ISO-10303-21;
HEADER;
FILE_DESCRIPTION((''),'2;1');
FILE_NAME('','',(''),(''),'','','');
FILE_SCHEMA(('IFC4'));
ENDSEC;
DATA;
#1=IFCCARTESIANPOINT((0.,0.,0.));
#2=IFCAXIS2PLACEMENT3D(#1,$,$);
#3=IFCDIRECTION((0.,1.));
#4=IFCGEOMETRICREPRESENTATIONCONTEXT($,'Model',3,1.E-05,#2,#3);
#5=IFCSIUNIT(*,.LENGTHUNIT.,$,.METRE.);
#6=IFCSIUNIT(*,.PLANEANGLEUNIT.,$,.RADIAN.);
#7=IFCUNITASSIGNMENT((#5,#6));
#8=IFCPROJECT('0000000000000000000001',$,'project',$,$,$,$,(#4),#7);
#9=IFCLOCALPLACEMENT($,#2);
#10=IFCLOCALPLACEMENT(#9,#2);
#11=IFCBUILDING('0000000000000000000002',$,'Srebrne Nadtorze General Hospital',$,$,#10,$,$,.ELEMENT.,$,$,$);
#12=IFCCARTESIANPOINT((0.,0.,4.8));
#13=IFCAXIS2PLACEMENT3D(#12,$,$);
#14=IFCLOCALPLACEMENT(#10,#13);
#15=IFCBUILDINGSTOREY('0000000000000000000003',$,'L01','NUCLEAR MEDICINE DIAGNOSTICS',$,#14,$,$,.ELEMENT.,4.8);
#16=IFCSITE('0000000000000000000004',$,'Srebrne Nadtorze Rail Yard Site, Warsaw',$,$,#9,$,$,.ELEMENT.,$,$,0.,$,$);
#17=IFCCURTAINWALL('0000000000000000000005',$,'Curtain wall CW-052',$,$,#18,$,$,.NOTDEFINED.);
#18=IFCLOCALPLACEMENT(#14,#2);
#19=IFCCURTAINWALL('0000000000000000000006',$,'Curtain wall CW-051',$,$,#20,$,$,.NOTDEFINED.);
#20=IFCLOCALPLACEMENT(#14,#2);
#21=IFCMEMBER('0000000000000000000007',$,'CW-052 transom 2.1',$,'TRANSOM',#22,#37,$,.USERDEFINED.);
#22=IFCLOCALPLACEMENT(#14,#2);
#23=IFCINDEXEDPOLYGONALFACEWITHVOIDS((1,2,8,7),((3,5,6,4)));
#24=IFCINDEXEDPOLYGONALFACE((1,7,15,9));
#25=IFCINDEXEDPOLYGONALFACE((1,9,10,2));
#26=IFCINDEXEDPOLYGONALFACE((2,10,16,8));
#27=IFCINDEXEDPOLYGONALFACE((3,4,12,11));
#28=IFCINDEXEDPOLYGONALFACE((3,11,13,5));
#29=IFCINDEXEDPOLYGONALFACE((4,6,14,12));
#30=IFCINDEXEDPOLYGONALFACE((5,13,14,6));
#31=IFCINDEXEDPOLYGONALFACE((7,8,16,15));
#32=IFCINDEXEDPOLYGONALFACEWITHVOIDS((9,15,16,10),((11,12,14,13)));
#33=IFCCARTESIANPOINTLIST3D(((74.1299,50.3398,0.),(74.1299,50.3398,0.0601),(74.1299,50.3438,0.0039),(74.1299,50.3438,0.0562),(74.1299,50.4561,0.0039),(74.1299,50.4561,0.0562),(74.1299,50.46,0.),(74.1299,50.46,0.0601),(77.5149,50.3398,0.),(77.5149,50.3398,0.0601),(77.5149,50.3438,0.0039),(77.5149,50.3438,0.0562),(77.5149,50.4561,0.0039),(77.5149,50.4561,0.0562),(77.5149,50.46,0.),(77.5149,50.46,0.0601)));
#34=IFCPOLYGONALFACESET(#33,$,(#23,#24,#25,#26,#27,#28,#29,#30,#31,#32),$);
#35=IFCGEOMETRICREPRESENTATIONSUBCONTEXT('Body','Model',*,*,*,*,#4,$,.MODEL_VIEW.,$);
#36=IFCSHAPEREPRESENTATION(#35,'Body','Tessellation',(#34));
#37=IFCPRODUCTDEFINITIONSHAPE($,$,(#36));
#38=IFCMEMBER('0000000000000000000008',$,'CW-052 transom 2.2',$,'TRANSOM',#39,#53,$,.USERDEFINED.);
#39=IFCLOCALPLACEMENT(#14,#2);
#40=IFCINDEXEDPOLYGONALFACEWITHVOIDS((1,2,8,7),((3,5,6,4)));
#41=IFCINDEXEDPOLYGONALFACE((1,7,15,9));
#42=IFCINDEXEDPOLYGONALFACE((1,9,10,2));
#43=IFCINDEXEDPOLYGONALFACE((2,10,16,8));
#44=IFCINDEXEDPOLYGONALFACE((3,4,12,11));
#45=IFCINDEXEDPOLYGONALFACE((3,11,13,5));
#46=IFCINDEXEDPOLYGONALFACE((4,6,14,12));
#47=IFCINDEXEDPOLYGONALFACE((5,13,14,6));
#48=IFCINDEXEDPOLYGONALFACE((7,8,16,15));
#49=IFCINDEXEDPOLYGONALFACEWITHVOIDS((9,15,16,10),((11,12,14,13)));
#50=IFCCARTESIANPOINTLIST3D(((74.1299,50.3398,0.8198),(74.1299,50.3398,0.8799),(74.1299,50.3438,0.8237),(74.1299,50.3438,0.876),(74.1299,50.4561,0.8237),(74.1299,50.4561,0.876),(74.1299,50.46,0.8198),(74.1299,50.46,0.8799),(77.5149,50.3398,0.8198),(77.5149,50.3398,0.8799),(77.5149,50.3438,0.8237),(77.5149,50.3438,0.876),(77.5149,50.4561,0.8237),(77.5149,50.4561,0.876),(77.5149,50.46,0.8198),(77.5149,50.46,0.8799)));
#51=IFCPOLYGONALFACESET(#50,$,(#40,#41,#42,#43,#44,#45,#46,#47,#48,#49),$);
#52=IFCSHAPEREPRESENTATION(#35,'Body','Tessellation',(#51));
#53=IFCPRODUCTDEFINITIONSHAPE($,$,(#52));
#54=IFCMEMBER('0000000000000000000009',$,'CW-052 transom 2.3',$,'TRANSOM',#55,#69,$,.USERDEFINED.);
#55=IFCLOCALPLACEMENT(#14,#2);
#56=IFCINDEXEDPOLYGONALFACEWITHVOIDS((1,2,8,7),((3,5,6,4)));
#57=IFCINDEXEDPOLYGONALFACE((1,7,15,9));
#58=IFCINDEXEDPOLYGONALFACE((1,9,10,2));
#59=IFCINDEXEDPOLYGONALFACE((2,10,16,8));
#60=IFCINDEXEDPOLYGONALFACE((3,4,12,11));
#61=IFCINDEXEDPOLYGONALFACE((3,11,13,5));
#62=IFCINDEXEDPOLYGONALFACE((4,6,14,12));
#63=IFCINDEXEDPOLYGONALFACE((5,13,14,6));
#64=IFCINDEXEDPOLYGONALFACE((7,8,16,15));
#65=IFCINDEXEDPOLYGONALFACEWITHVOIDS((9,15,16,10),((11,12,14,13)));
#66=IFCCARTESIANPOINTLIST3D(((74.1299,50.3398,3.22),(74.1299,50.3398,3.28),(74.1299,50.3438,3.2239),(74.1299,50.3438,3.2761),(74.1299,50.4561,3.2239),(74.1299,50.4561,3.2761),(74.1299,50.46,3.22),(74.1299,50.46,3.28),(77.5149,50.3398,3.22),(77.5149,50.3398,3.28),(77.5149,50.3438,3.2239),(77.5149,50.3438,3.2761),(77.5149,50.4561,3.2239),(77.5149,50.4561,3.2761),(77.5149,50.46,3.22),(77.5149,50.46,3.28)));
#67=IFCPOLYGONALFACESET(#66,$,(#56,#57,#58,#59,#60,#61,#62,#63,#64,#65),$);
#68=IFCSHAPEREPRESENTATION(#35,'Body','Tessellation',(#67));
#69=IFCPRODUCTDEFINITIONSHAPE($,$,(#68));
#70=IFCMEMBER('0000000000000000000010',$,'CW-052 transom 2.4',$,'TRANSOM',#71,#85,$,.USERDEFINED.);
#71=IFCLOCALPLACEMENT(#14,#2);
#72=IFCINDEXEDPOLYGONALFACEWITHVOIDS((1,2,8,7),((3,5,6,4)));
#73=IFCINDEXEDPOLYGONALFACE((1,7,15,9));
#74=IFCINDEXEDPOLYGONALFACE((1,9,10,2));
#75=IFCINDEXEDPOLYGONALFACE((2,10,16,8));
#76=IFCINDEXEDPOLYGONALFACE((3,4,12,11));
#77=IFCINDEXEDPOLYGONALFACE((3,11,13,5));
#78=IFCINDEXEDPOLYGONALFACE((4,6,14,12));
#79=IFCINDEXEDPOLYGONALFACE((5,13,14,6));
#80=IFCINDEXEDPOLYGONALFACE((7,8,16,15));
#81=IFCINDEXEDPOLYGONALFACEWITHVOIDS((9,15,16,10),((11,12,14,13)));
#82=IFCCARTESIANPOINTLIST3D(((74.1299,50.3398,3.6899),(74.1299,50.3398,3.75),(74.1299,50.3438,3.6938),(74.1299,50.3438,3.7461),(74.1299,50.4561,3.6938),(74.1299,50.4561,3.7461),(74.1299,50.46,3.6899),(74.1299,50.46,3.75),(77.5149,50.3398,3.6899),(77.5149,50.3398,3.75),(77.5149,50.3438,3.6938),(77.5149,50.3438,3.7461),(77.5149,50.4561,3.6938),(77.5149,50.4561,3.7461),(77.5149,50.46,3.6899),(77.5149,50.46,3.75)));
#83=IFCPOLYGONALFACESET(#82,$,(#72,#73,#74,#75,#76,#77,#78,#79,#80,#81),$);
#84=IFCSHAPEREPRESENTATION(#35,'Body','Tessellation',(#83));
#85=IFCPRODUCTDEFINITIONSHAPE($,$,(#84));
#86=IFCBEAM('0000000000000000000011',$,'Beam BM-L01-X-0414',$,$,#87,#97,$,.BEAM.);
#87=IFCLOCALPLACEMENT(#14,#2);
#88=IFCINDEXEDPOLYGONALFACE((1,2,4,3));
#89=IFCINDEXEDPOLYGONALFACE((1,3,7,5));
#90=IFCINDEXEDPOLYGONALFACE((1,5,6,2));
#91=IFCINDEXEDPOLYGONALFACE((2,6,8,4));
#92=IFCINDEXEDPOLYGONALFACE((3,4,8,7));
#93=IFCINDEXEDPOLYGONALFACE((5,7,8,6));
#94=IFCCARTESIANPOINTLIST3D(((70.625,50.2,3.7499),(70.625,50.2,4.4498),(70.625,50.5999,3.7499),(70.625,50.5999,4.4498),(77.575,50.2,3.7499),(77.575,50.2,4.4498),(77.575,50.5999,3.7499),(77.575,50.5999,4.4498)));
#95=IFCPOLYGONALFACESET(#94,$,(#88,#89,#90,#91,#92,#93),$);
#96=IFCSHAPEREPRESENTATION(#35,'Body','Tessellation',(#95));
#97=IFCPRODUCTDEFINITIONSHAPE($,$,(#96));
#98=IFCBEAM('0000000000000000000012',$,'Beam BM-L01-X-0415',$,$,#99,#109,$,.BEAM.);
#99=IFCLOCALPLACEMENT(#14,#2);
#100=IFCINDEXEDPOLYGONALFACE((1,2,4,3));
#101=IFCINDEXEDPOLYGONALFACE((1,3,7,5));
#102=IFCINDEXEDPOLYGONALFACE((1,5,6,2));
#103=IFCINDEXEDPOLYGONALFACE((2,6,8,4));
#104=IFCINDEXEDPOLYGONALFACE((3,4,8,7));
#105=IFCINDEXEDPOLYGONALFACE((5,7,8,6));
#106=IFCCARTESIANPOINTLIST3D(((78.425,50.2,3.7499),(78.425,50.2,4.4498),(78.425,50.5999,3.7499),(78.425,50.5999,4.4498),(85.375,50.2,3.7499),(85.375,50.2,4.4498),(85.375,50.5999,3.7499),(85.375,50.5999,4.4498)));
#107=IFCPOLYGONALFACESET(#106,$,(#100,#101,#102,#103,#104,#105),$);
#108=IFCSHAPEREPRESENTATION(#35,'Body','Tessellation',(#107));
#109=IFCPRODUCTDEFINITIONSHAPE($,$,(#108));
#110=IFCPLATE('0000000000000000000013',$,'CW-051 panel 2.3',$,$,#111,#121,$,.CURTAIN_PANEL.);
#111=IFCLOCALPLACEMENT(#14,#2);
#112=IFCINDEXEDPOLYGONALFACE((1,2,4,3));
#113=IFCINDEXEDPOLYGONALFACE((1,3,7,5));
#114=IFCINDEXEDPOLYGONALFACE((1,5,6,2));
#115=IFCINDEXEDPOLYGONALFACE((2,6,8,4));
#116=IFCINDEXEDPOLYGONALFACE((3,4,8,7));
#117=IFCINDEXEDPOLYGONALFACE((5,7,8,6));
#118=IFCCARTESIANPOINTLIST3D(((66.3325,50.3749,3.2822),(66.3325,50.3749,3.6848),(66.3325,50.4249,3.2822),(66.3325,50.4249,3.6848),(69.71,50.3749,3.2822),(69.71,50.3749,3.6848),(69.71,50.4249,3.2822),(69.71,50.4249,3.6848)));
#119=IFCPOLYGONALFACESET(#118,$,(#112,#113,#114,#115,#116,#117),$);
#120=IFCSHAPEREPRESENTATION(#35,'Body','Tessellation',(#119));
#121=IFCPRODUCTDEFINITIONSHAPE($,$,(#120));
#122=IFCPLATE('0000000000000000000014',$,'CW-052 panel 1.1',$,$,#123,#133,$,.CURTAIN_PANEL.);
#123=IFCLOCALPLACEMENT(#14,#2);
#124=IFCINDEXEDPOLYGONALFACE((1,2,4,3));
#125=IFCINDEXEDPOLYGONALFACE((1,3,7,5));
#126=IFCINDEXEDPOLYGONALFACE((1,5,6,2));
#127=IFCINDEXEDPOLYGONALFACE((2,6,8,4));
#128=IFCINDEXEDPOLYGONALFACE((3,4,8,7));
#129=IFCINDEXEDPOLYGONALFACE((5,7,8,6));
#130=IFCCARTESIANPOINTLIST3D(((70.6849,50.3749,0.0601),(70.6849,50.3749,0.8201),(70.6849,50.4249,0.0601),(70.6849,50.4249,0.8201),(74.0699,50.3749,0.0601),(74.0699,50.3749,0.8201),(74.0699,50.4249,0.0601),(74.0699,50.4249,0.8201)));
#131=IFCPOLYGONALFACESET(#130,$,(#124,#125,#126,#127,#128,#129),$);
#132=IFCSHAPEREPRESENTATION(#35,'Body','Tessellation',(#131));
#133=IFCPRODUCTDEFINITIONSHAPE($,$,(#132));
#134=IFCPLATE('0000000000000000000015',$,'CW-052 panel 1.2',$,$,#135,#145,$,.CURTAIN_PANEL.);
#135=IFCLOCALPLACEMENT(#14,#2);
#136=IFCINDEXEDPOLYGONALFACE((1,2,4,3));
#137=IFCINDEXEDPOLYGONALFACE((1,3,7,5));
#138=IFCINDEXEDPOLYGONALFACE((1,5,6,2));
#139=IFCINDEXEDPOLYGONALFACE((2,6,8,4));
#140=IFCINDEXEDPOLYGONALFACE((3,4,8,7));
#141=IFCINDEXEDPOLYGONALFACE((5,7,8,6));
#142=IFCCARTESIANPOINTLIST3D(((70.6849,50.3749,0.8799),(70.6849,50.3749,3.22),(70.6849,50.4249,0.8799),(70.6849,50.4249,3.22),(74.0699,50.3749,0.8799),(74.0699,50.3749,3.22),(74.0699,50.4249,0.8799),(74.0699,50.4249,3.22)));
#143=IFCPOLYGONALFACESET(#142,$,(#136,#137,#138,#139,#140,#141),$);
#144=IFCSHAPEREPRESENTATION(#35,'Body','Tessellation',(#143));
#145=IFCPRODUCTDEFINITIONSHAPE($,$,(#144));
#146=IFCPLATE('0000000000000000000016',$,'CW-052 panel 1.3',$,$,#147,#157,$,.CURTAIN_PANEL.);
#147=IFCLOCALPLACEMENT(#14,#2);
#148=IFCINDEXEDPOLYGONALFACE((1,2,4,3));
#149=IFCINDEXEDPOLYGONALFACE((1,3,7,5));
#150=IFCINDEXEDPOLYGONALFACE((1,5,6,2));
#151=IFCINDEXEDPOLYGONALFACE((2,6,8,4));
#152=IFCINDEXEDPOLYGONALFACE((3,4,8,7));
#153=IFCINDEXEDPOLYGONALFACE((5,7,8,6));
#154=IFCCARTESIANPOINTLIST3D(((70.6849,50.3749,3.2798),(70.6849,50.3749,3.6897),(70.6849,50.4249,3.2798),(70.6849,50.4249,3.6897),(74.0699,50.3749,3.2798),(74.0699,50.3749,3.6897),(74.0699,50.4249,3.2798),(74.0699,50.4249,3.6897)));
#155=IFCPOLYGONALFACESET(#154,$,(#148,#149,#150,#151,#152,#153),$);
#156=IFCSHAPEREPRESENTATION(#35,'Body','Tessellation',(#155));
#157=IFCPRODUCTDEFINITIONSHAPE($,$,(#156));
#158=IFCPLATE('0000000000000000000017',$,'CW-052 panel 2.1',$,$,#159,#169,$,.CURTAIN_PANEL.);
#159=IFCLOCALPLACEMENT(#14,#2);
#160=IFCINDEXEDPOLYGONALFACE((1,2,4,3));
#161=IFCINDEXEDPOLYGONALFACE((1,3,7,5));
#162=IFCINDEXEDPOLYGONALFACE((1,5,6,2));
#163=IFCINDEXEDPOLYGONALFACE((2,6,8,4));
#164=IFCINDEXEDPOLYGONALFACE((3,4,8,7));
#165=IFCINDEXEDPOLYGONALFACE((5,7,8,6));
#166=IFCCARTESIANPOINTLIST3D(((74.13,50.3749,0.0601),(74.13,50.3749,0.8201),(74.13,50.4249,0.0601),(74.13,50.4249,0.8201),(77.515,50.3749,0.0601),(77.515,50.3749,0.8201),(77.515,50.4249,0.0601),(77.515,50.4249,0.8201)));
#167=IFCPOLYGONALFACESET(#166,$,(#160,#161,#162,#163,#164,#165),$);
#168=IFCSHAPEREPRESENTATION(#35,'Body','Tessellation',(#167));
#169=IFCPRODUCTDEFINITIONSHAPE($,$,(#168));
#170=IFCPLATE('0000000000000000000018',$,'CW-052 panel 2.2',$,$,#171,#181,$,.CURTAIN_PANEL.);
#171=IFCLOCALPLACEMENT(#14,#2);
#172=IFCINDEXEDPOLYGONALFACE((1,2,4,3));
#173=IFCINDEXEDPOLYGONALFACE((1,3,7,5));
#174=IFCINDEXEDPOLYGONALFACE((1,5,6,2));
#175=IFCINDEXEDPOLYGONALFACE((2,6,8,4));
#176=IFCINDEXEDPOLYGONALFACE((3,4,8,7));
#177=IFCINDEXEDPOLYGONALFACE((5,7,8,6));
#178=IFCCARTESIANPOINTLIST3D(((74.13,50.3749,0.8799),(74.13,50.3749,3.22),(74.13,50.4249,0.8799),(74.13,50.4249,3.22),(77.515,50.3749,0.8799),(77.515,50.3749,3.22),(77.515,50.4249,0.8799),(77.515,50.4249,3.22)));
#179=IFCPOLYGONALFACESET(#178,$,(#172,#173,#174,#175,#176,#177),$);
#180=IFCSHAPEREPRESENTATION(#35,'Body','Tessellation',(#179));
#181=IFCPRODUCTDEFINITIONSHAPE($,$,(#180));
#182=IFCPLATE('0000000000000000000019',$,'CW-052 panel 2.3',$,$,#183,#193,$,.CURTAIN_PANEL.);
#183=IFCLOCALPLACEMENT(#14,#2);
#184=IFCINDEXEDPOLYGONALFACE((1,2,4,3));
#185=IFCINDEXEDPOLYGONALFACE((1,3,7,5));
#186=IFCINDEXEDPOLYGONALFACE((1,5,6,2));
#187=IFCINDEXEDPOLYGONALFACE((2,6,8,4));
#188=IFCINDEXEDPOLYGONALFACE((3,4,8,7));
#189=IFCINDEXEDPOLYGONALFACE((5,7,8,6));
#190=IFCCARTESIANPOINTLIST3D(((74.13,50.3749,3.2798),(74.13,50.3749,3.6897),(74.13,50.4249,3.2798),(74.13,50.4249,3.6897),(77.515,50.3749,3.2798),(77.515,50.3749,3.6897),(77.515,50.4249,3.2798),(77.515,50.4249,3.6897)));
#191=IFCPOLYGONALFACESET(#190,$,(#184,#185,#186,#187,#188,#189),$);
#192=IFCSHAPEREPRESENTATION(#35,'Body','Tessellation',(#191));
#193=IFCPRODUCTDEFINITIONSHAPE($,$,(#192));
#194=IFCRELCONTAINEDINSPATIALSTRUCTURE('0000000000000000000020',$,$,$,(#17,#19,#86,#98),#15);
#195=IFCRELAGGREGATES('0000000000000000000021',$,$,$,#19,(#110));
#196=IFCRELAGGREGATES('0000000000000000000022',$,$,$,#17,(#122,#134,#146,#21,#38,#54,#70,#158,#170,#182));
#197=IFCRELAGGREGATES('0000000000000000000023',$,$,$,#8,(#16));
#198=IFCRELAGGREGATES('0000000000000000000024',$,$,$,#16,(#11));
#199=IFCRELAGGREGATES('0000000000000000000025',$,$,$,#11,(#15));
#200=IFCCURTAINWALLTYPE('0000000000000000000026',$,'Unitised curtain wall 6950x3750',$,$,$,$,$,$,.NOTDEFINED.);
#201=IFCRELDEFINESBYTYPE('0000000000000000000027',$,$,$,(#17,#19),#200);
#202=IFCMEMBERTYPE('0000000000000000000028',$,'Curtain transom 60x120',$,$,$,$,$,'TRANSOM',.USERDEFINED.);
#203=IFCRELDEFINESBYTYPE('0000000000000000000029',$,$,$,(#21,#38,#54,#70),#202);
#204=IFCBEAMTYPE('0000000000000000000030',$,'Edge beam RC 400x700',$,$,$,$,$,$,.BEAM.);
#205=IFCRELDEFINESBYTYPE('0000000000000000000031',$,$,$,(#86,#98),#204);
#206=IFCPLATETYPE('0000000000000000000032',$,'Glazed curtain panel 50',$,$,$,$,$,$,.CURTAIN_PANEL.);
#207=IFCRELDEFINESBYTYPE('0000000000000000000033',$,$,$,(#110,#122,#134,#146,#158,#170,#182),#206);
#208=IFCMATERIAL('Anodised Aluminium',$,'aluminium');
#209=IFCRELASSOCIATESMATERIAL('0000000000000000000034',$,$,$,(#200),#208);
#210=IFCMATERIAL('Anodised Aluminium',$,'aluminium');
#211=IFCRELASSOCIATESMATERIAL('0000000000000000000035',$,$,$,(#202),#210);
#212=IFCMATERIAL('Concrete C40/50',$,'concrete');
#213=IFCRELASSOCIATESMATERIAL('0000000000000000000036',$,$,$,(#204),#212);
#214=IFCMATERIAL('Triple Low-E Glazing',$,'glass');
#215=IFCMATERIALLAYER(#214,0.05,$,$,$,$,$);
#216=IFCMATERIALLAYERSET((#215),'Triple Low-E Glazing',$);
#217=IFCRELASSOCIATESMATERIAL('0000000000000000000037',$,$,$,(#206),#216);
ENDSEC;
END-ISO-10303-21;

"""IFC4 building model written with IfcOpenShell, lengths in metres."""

from ifc_helpers import new_model, si_unit, direction, frame, origin, origin_2d, place, context, subcontext, project, spatial, rectangle, hollow_rectangle, extrude, material, layer, layer_set, material_profile, profile_set, type_object, element, aggregate, save


model = new_model("IFC4")

# Units and contexts
model_context = context("Model", 3, precision=1e-05, world=origin(), true_north=direction((0.0, 1.0)))
body_context = subcontext(model_context, "Body", "Model", "MODEL_VIEW")
ifc_project = project(units=[si_unit("LENGTHUNIT", "METRE"), si_unit("PLANEANGLEUNIT", "RADIAN")], contexts=[model_context])

# Site, building, storey
site_placement = place(None, origin())
site = spatial("IfcSite", under=ifc_project, at=site_placement, Name="Srebrne Nadtorze Rail Yard Site, Warsaw", CompositionType="ELEMENT", RefElevation=0.0)
building_placement = place(site_placement, origin())
building = spatial("IfcBuilding", under=site, at=building_placement, Name="Srebrne Nadtorze General Hospital", CompositionType="ELEMENT")
storey_placement = place(building_placement, frame((0.0, 0.0, 4.8)))
storey = spatial("IfcBuildingStorey", under=building, at=storey_placement, Name="L01", Description="NUCLEAR MEDICINE DIAGNOSTICS", CompositionType="ELEMENT", Elevation=4.8)

# Curtain wall
ifc_material_1 = material(Name="Anodised Aluminium", Category="aluminium")
curtain_wall_type = type_object("IfcCurtainWallType", Name="Unitised curtain wall 6950x3750", PredefinedType="NOTDEFINED", material=ifc_material_1)
curtain_wall_1_placement = place(storey_placement, origin())
curtain_wall_1 = element("IfcCurtainWall", 1, at=curtain_wall_1_placement, inside=storey, type_object=curtain_wall_type, Name="Curtain wall CW-052", PredefinedType="NOTDEFINED")

# Curtain wall
curtain_wall_2_placement = place(storey_placement, origin())
curtain_wall_2 = element("IfcCurtainWall", 2, at=curtain_wall_2_placement, inside=storey, type_object=curtain_wall_type, Name="Curtain wall CW-051", PredefinedType="NOTDEFINED")

# Members
ifc_material_2 = material(Name="Anodised Aluminium", Category="aluminium")
ifc_material_profile_1 = material_profile(ifc_material_2, hollow_rectangle(XDim=0.0601, YDim=0.1201, WallThickness=0.0039, at=origin_2d()), Name="AL-TRN-60x120")
ifc_profile_set_1 = profile_set([ifc_material_profile_1], Name="Anodised Aluminium")
member_type_1 = type_object("IfcMemberType", Name="Curtain transom 60x120", ElementType="TRANSOM", PredefinedType="USERDEFINED", material=ifc_profile_set_1)
member_1_placement = place(storey_placement, frame((74.1299, 50.3999, 0.03), z_axis=(1.0, 0.0, 0.0), x_axis=(0.0, 0.0, 1.0)))
member_1 = element("IfcMember", 3, at=member_1_placement, type_object=member_type_1, Name="CW-052 transom 2.1", ObjectType="TRANSOM", PredefinedType="USERDEFINED", context=body_context, shape_type="SweptSolid", body=[
    extrude(hollow_rectangle(XDim=0.0601, YDim=0.1201, WallThickness=0.0039, at=origin_2d()), origin(), (0.0, 0.0, 1.0), 3.385),
])
member_2_placement = place(storey_placement, frame((74.1299, 50.3999, 0.8499), z_axis=(1.0, 0.0, 0.0), x_axis=(0.0, 0.0, 1.0)))
member_2 = element("IfcMember", 4, at=member_2_placement, type_object=member_type_1, Name="CW-052 transom 2.2", ObjectType="TRANSOM", PredefinedType="USERDEFINED", context=body_context, shape_type="SweptSolid", body=[
    extrude(hollow_rectangle(XDim=0.0601, YDim=0.1201, WallThickness=0.0039, at=origin_2d()), origin(), (0.0, 0.0, 1.0), 3.385),
])
member_3_placement = place(storey_placement, frame((74.1299, 50.3999, 3.25), z_axis=(1.0, 0.0, 0.0), x_axis=(0.0, 0.0, 1.0)))
member_3 = element("IfcMember", 5, at=member_3_placement, type_object=member_type_1, Name="CW-052 transom 2.3", ObjectType="TRANSOM", PredefinedType="USERDEFINED", context=body_context, shape_type="SweptSolid", body=[
    extrude(hollow_rectangle(XDim=0.0601, YDim=0.1201, WallThickness=0.0039, at=origin_2d()), origin(), (0.0, 0.0, 1.0), 3.385),
])
member_4_placement = place(storey_placement, frame((74.1299, 50.3999, 3.72), z_axis=(1.0, 0.0, 0.0), x_axis=(0.0, 0.0, 1.0)))
member_4 = element("IfcMember", 6, at=member_4_placement, type_object=member_type_1, Name="CW-052 transom 2.4", ObjectType="TRANSOM", PredefinedType="USERDEFINED", context=body_context, shape_type="SweptSolid", body=[
    extrude(hollow_rectangle(XDim=0.0601, YDim=0.1201, WallThickness=0.0039, at=origin_2d()), origin(), (0.0, 0.0, 1.0), 3.385),
])

# Beams
ifc_material_3 = material(Name="Concrete C40/50", Category="concrete")
ifc_material_profile_2 = material_profile(ifc_material_3, rectangle(XDim=0.3999, YDim=0.7, at=origin_2d()), Name="RC-BM-400x700")
ifc_profile_set_2 = profile_set([ifc_material_profile_2], Name="Concrete C40/50")
beam_type = type_object("IfcBeamType", Name="Edge beam RC 400x700", PredefinedType="BEAM", material=ifc_profile_set_2)
for number, where, z_axis, x_axis, name in (
    (7, (70.625, 50.3999, 4.0999), (1.0, 0.0, 0.0), (0.0, 1.0, 0.0), "Beam BM-L01-X-0414"),
    (8, (78.425, 50.3999, 4.0999), (1.0, 0.0, 0.0), (0.0, 1.0, 0.0), "Beam BM-L01-X-0415"),
):
    element("IfcBeam", number, at=place(storey_placement, frame(where, z_axis=z_axis, x_axis=x_axis)), inside=storey, type_object=beam_type, Name=name, PredefinedType="BEAM", context=body_context, shape_type="SweptSolid", body=[
        extrude(rectangle(XDim=0.3999, YDim=0.7, at=origin_2d()), origin(), (0.0, 0.0, 1.0), 6.95),
    ])

# Plates
ifc_material_4 = material(Name="Triple Low-E Glazing", Category="glass")
ifc_layer = layer(ifc_material_4, 0.05)
ifc_layer_set = layer_set([ifc_layer], Name="Triple Low-E Glazing")
plate_type = type_object("IfcPlateType", Name="Glazed curtain panel 50", PredefinedType="CURTAIN_PANEL", material=ifc_layer_set)
plate_1_placement = place(storey_placement, frame((68.0212, 50.3999, 3.2822), z_axis=(0.0, 0.0, 1.0), x_axis=(1.0, 0.0, 0.0)))
plate_1 = element("IfcPlate", 9, at=plate_1_placement, type_object=plate_type, Name="CW-051 panel 2.3", PredefinedType="CURTAIN_PANEL", context=body_context, shape_type="SweptSolid", body=[
    extrude(rectangle(XDim=3.3774, YDim=0.05, at=origin_2d()), origin(), (0.0, 0.0, 1.0), 0.4026),
])
aggregate(curtain_wall_2, [plate_1])
plate_2_placement = place(storey_placement, frame((72.3774, 50.3999, 0.0601), z_axis=(0.0, 0.0, 1.0), x_axis=(1.0, 0.0, 0.0)))
plate_2 = element("IfcPlate", 10, at=plate_2_placement, type_object=plate_type, Name="CW-052 panel 1.1", PredefinedType="CURTAIN_PANEL", context=body_context, shape_type="SweptSolid", body=[
    extrude(rectangle(XDim=3.385, YDim=0.05, at=origin_2d()), origin(), (0.0, 0.0, 1.0), 0.76),
])
plate_3_placement = place(storey_placement, frame((72.3774, 50.3999, 0.8799), z_axis=(0.0, 0.0, 1.0), x_axis=(1.0, 0.0, 0.0)))
plate_3 = element("IfcPlate", 11, at=plate_3_placement, type_object=plate_type, Name="CW-052 panel 1.2", PredefinedType="CURTAIN_PANEL", context=body_context, shape_type="SweptSolid", body=[
    extrude(rectangle(XDim=3.385, YDim=0.05, at=origin_2d()), origin(), (0.0, 0.0, 1.0), 2.3401),
])
plate_4_placement = place(storey_placement, frame((72.3774, 50.3999, 3.2798), z_axis=(0.0, 0.0, 1.0), x_axis=(1.0, 0.0, 0.0)))
plate_4 = element("IfcPlate", 12, at=plate_4_placement, type_object=plate_type, Name="CW-052 panel 1.3", PredefinedType="CURTAIN_PANEL", context=body_context, shape_type="SweptSolid", body=[
    extrude(rectangle(XDim=3.385, YDim=0.05, at=origin_2d()), origin(), (0.0, 0.0, 1.0), 0.4099),
])
plate_5_placement = place(storey_placement, frame((75.8225, 50.3999, 0.0601), z_axis=(0.0, 0.0, 1.0), x_axis=(1.0, 0.0, 0.0)))
plate_5 = element("IfcPlate", 13, at=plate_5_placement, type_object=plate_type, Name="CW-052 panel 2.1", PredefinedType="CURTAIN_PANEL", context=body_context, shape_type="SweptSolid", body=[
    extrude(rectangle(XDim=3.385, YDim=0.05, at=origin_2d()), origin(), (0.0, 0.0, 1.0), 0.76),
])
plate_6_placement = place(storey_placement, frame((75.8225, 50.3999, 0.8799), z_axis=(0.0, 0.0, 1.0), x_axis=(1.0, 0.0, 0.0)))
plate_6 = element("IfcPlate", 14, at=plate_6_placement, type_object=plate_type, Name="CW-052 panel 2.2", PredefinedType="CURTAIN_PANEL", context=body_context, shape_type="SweptSolid", body=[
    extrude(rectangle(XDim=3.385, YDim=0.05, at=origin_2d()), origin(), (0.0, 0.0, 1.0), 2.3401),
])
plate_7_placement = place(storey_placement, frame((75.8225, 50.3999, 3.2798), z_axis=(0.0, 0.0, 1.0), x_axis=(1.0, 0.0, 0.0)))
plate_7 = element("IfcPlate", 15, at=plate_7_placement, type_object=plate_type, Name="CW-052 panel 2.3", PredefinedType="CURTAIN_PANEL", context=body_context, shape_type="SweptSolid", body=[
    extrude(rectangle(XDim=3.385, YDim=0.05, at=origin_2d()), origin(), (0.0, 0.0, 1.0), 0.4099),
])
aggregate(curtain_wall_1, [plate_2, plate_3, plate_4, member_1, member_2, member_3, member_4, plate_5, plate_6, plate_7])

save(model, "model.ifc")
